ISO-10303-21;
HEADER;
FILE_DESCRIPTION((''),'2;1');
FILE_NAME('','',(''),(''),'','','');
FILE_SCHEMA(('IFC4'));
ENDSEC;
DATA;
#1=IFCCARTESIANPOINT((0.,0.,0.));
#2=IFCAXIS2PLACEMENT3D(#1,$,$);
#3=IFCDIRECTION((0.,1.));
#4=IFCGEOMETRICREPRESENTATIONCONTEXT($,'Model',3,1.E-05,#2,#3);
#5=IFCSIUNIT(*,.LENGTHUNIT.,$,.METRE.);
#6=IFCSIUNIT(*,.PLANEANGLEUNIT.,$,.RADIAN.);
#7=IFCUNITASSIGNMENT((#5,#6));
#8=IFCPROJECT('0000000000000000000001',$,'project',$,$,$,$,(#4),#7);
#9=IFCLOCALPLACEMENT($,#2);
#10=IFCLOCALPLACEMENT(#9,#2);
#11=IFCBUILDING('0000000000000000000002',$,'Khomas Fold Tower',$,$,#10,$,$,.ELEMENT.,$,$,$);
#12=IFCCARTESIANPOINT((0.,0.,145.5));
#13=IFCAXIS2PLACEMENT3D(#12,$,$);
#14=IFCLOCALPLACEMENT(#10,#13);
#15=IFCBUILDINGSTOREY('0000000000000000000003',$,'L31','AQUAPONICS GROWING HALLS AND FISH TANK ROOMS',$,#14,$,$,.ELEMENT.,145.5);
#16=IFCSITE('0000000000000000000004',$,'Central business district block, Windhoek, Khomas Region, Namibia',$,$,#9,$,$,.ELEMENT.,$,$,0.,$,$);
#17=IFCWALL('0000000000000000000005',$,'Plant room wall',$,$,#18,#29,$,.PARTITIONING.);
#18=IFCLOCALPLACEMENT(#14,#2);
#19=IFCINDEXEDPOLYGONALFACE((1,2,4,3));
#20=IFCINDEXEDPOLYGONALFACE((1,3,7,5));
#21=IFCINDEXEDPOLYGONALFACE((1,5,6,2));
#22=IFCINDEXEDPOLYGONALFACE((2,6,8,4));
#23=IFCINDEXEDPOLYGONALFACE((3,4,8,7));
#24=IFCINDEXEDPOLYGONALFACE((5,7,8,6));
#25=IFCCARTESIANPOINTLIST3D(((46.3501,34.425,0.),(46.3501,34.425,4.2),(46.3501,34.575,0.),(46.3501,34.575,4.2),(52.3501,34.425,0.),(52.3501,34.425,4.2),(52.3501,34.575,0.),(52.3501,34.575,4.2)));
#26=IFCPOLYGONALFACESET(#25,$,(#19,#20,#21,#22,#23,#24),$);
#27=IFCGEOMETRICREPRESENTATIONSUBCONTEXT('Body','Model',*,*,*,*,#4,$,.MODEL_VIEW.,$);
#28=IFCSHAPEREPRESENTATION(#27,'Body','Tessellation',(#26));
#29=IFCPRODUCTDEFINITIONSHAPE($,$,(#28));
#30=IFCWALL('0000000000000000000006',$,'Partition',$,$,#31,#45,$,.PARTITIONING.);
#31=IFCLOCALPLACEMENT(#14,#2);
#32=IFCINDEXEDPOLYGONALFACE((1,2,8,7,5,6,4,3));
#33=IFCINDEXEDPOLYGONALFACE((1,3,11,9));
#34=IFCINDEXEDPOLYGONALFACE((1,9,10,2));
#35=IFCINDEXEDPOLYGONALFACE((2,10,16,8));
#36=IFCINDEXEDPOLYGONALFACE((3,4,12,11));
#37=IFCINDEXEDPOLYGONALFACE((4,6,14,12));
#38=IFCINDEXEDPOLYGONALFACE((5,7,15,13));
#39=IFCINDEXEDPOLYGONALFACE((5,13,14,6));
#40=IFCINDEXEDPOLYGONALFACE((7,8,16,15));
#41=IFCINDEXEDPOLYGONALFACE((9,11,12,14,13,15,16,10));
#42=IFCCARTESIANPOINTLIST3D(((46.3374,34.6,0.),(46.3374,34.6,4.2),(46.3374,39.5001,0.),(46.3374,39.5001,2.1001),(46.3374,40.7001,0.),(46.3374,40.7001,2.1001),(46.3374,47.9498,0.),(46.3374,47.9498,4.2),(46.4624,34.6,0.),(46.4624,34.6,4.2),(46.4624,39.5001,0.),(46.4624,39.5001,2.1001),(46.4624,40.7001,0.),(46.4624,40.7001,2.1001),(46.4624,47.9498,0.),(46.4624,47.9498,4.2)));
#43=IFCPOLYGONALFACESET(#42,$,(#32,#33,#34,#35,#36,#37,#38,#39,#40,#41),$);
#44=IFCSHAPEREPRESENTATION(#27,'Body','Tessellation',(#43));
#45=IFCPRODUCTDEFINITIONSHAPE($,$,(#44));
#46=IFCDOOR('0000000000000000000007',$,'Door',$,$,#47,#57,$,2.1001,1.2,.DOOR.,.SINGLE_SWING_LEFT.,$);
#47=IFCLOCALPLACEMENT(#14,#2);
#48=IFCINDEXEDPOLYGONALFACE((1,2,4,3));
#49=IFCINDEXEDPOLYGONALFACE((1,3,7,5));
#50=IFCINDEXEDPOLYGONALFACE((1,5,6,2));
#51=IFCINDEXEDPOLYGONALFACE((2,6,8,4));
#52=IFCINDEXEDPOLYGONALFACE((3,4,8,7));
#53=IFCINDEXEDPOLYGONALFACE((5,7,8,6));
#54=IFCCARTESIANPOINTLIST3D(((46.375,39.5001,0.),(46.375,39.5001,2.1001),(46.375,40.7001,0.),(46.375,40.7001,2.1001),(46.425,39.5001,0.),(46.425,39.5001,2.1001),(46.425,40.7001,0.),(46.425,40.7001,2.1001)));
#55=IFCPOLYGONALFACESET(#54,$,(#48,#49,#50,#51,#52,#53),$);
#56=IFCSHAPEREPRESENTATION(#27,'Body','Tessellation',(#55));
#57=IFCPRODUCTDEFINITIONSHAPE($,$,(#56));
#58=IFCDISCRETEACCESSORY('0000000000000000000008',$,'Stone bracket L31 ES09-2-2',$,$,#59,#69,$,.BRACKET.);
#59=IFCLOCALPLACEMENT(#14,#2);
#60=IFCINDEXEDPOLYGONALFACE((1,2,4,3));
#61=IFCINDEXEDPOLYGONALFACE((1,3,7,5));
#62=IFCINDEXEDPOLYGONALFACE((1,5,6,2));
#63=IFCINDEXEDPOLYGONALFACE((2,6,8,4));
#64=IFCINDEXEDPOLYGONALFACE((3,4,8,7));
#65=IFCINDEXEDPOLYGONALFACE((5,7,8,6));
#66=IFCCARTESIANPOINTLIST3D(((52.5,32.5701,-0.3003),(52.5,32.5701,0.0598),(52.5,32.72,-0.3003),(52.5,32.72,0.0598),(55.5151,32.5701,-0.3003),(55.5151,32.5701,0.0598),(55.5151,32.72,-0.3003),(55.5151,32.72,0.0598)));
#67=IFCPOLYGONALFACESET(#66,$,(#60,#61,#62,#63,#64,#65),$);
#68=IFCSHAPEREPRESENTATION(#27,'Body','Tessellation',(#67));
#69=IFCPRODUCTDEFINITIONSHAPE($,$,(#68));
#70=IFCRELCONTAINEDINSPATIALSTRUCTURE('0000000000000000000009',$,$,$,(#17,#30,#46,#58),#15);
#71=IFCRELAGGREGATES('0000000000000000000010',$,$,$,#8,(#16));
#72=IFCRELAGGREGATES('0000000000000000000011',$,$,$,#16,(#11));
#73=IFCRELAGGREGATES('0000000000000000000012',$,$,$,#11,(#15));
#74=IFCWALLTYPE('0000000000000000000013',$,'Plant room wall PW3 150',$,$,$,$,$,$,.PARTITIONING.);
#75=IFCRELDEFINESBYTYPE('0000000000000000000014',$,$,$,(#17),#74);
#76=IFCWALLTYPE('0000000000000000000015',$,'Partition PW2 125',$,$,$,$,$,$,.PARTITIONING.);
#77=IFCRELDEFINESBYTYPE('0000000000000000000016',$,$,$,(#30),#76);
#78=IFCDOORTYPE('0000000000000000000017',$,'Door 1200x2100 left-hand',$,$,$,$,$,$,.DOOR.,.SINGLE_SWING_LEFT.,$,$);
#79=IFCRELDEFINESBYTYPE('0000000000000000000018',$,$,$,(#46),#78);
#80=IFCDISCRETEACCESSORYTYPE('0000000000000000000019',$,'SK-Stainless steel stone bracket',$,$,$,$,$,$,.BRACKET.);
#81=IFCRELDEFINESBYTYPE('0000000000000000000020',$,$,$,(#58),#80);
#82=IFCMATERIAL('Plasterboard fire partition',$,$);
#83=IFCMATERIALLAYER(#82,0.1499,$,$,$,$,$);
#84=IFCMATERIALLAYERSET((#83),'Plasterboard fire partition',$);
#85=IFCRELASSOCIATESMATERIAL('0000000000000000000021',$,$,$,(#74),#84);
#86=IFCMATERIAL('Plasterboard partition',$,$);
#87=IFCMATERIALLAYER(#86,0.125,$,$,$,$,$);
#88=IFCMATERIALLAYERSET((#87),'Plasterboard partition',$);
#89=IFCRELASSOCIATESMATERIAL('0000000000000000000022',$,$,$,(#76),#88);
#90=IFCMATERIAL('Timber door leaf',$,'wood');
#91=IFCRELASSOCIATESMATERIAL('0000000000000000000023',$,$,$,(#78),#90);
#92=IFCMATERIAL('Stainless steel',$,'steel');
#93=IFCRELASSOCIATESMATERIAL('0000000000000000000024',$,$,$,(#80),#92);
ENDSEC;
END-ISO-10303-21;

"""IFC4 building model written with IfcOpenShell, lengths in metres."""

from ifc_helpers import new_model, si_unit, direction, frame, frame_2d, origin, origin_2d, place, context, subcontext, project, spatial, rectangle, extrude, source, transform, mapped, material, layer, layer_set, type_object, element, fill, save


model = new_model("IFC4")

# Units and contexts
model_context = context("Model", 3, precision=1e-05, world=origin(), true_north=direction((0.0, 1.0)))
body_context = subcontext(model_context, "Body", "Model", "MODEL_VIEW")
ifc_project = project(units=[si_unit("LENGTHUNIT", "METRE"), si_unit("PLANEANGLEUNIT", "RADIAN")], contexts=[model_context])

# Site, building, storey
site_placement = place(None, origin())
site = spatial("IfcSite", under=ifc_project, at=site_placement, Name="Central business district block, Windhoek, Khomas Region, Namibia", CompositionType="ELEMENT", RefElevation=0.0)
building_placement = place(site_placement, origin())
building = spatial("IfcBuilding", under=site, at=building_placement, Name="Khomas Fold Tower", CompositionType="ELEMENT")
storey_placement = place(building_placement, frame((0.0, 0.0, 145.5)))
storey = spatial("IfcBuildingStorey", under=building, at=storey_placement, Name="L31", Description="AQUAPONICS GROWING HALLS AND FISH TANK ROOMS", CompositionType="ELEMENT", Elevation=145.5)

# Wall
ifc_material_1 = material(Name="Plasterboard fire partition")
ifc_layer_1 = layer(ifc_material_1, 0.1499)
ifc_layer_set_1 = layer_set([ifc_layer_1], Name="Plasterboard fire partition")
wall_type_1 = type_object("IfcWallType", Name="Plant room wall PW3 150", PredefinedType="PARTITIONING", material=ifc_layer_set_1)
shared_shape_1 = source(origin(), body_context, "Body", "SweptSolid", [
    extrude(rectangle(XDim=6.0, YDim=0.1499, at=frame_2d((3.0, 0.0))), origin(), (0.0, 0.0, 1.0), 4.2),
])
wall_1_placement = place(storey_placement, frame((46.3501, 34.5, 0.0), z_axis=(0.0, 0.0, 1.0), x_axis=(1.0, 0.0, 0.0)))
element("IfcWall", 1, at=wall_1_placement, inside=storey, type_object=wall_type_1, Name="Plant room wall", PredefinedType="PARTITIONING", context=body_context, shape_type="MappedRepresentation", body=[
    mapped(shared_shape_1, transform((0.0, 0.0, 0.0))),
])

# Wall, opening, door
ifc_material_2 = material(Name="Plasterboard partition")
ifc_layer_2 = layer(ifc_material_2, 0.125)
ifc_layer_set_2 = layer_set([ifc_layer_2], Name="Plasterboard partition")
wall_type_2 = type_object("IfcWallType", Name="Partition PW2 125", PredefinedType="PARTITIONING", material=ifc_layer_set_2)
shared_shape_2 = source(origin(), body_context, "Body", "SweptSolid", [
    extrude(rectangle(XDim=13.3499, YDim=0.125, at=frame_2d((6.6748, 0.0))), origin(), (0.0, 0.0, 1.0), 4.2),
])
wall_2_placement = place(storey_placement, frame((46.3999, 34.6001, 0.0), z_axis=(0.0, 0.0, 1.0), x_axis=(0.0, 1.0, 0.0)))
wall_2 = element("IfcWall", 2, at=wall_2_placement, inside=storey, type_object=wall_type_2, Name="Partition", PredefinedType="PARTITIONING", context=body_context, shape_type="MappedRepresentation", body=[
    mapped(shared_shape_2, transform((0.0, 0.0, 0.0))),
])
shared_shape_3 = source(origin(), body_context, "Body", "SweptSolid", [
    extrude(rectangle(XDim=1.2, YDim=2.1001, at=frame_2d((0.6001, 1.05))), frame((0.0, 0.0725, 0.0), z_axis=(0.0, -1.0, 0.0), x_axis=(1.0, 0.0, 0.0)), (0.0, 0.0, 1.0), 0.145),
])
opening_placement = place(wall_2_placement, frame((4.8999, 0.0, 0.0)))
opening = element("IfcOpeningElement", 3, at=opening_placement, cuts=wall_2, PredefinedType="OPENING", context=body_context, shape_type="MappedRepresentation", body=[
    mapped(shared_shape_3, transform((0.0, 0.0, 0.0))),
])
ifc_material_3 = material(Name="Timber door leaf", Category="wood")
door_type = type_object("IfcDoorType", Name="Door 1200x2100 left-hand", OperationType="SINGLE_SWING_LEFT", PredefinedType="DOOR", material=ifc_material_3)
shared_shape_4 = source(origin(), body_context, "Body", "SweptSolid", [
    extrude(rectangle(XDim=1.2, YDim=2.1001, at=frame_2d((0.6001, 1.05))), frame((0.0, 0.0249, 0.0), z_axis=(0.0, -1.0, 0.0), x_axis=(1.0, 0.0, 0.0)), (0.0, 0.0, 1.0), 0.05),
])
door_placement = place(opening_placement, origin())
door = element("IfcDoor", 4, at=door_placement, inside=storey, type_object=door_type, Name="Door", OperationType="SINGLE_SWING_LEFT", OverallHeight=2.1001, OverallWidth=1.2, PredefinedType="DOOR", context=body_context, shape_type="MappedRepresentation", body=[
    mapped(shared_shape_4, transform((0.0, 0.0, 0.0))),
])
fill(opening, door)

# Discrete accessory
ifc_material_4 = material(Name="Stainless steel", Category="steel")
discrete_accessory_type = type_object("IfcDiscreteAccessoryType", Name="SK-Stainless steel stone bracket", PredefinedType="BRACKET", material=ifc_material_4)
shared_shape_5 = source(origin(), body_context, "Body", "SweptSolid", [
    extrude(rectangle(XDim=3.0151, YDim=0.1499, at=origin_2d()), origin(), (0.0, 0.0, 1.0), 0.3601),
])
discrete_accessory_placement = place(storey_placement, frame((54.0076, 32.645, -0.3003), z_axis=(0.0, 0.0, 1.0), x_axis=(1.0, 0.0, 0.0)))
element("IfcDiscreteAccessory", 5, at=discrete_accessory_placement, inside=storey, type_object=discrete_accessory_type, Name="Stone bracket L31 ES09-2-2", PredefinedType="BRACKET", context=body_context, shape_type="MappedRepresentation", body=[
    mapped(shared_shape_5, transform((0.0, 0.0, 0.0))),
])

save(model, "model.ifc")
